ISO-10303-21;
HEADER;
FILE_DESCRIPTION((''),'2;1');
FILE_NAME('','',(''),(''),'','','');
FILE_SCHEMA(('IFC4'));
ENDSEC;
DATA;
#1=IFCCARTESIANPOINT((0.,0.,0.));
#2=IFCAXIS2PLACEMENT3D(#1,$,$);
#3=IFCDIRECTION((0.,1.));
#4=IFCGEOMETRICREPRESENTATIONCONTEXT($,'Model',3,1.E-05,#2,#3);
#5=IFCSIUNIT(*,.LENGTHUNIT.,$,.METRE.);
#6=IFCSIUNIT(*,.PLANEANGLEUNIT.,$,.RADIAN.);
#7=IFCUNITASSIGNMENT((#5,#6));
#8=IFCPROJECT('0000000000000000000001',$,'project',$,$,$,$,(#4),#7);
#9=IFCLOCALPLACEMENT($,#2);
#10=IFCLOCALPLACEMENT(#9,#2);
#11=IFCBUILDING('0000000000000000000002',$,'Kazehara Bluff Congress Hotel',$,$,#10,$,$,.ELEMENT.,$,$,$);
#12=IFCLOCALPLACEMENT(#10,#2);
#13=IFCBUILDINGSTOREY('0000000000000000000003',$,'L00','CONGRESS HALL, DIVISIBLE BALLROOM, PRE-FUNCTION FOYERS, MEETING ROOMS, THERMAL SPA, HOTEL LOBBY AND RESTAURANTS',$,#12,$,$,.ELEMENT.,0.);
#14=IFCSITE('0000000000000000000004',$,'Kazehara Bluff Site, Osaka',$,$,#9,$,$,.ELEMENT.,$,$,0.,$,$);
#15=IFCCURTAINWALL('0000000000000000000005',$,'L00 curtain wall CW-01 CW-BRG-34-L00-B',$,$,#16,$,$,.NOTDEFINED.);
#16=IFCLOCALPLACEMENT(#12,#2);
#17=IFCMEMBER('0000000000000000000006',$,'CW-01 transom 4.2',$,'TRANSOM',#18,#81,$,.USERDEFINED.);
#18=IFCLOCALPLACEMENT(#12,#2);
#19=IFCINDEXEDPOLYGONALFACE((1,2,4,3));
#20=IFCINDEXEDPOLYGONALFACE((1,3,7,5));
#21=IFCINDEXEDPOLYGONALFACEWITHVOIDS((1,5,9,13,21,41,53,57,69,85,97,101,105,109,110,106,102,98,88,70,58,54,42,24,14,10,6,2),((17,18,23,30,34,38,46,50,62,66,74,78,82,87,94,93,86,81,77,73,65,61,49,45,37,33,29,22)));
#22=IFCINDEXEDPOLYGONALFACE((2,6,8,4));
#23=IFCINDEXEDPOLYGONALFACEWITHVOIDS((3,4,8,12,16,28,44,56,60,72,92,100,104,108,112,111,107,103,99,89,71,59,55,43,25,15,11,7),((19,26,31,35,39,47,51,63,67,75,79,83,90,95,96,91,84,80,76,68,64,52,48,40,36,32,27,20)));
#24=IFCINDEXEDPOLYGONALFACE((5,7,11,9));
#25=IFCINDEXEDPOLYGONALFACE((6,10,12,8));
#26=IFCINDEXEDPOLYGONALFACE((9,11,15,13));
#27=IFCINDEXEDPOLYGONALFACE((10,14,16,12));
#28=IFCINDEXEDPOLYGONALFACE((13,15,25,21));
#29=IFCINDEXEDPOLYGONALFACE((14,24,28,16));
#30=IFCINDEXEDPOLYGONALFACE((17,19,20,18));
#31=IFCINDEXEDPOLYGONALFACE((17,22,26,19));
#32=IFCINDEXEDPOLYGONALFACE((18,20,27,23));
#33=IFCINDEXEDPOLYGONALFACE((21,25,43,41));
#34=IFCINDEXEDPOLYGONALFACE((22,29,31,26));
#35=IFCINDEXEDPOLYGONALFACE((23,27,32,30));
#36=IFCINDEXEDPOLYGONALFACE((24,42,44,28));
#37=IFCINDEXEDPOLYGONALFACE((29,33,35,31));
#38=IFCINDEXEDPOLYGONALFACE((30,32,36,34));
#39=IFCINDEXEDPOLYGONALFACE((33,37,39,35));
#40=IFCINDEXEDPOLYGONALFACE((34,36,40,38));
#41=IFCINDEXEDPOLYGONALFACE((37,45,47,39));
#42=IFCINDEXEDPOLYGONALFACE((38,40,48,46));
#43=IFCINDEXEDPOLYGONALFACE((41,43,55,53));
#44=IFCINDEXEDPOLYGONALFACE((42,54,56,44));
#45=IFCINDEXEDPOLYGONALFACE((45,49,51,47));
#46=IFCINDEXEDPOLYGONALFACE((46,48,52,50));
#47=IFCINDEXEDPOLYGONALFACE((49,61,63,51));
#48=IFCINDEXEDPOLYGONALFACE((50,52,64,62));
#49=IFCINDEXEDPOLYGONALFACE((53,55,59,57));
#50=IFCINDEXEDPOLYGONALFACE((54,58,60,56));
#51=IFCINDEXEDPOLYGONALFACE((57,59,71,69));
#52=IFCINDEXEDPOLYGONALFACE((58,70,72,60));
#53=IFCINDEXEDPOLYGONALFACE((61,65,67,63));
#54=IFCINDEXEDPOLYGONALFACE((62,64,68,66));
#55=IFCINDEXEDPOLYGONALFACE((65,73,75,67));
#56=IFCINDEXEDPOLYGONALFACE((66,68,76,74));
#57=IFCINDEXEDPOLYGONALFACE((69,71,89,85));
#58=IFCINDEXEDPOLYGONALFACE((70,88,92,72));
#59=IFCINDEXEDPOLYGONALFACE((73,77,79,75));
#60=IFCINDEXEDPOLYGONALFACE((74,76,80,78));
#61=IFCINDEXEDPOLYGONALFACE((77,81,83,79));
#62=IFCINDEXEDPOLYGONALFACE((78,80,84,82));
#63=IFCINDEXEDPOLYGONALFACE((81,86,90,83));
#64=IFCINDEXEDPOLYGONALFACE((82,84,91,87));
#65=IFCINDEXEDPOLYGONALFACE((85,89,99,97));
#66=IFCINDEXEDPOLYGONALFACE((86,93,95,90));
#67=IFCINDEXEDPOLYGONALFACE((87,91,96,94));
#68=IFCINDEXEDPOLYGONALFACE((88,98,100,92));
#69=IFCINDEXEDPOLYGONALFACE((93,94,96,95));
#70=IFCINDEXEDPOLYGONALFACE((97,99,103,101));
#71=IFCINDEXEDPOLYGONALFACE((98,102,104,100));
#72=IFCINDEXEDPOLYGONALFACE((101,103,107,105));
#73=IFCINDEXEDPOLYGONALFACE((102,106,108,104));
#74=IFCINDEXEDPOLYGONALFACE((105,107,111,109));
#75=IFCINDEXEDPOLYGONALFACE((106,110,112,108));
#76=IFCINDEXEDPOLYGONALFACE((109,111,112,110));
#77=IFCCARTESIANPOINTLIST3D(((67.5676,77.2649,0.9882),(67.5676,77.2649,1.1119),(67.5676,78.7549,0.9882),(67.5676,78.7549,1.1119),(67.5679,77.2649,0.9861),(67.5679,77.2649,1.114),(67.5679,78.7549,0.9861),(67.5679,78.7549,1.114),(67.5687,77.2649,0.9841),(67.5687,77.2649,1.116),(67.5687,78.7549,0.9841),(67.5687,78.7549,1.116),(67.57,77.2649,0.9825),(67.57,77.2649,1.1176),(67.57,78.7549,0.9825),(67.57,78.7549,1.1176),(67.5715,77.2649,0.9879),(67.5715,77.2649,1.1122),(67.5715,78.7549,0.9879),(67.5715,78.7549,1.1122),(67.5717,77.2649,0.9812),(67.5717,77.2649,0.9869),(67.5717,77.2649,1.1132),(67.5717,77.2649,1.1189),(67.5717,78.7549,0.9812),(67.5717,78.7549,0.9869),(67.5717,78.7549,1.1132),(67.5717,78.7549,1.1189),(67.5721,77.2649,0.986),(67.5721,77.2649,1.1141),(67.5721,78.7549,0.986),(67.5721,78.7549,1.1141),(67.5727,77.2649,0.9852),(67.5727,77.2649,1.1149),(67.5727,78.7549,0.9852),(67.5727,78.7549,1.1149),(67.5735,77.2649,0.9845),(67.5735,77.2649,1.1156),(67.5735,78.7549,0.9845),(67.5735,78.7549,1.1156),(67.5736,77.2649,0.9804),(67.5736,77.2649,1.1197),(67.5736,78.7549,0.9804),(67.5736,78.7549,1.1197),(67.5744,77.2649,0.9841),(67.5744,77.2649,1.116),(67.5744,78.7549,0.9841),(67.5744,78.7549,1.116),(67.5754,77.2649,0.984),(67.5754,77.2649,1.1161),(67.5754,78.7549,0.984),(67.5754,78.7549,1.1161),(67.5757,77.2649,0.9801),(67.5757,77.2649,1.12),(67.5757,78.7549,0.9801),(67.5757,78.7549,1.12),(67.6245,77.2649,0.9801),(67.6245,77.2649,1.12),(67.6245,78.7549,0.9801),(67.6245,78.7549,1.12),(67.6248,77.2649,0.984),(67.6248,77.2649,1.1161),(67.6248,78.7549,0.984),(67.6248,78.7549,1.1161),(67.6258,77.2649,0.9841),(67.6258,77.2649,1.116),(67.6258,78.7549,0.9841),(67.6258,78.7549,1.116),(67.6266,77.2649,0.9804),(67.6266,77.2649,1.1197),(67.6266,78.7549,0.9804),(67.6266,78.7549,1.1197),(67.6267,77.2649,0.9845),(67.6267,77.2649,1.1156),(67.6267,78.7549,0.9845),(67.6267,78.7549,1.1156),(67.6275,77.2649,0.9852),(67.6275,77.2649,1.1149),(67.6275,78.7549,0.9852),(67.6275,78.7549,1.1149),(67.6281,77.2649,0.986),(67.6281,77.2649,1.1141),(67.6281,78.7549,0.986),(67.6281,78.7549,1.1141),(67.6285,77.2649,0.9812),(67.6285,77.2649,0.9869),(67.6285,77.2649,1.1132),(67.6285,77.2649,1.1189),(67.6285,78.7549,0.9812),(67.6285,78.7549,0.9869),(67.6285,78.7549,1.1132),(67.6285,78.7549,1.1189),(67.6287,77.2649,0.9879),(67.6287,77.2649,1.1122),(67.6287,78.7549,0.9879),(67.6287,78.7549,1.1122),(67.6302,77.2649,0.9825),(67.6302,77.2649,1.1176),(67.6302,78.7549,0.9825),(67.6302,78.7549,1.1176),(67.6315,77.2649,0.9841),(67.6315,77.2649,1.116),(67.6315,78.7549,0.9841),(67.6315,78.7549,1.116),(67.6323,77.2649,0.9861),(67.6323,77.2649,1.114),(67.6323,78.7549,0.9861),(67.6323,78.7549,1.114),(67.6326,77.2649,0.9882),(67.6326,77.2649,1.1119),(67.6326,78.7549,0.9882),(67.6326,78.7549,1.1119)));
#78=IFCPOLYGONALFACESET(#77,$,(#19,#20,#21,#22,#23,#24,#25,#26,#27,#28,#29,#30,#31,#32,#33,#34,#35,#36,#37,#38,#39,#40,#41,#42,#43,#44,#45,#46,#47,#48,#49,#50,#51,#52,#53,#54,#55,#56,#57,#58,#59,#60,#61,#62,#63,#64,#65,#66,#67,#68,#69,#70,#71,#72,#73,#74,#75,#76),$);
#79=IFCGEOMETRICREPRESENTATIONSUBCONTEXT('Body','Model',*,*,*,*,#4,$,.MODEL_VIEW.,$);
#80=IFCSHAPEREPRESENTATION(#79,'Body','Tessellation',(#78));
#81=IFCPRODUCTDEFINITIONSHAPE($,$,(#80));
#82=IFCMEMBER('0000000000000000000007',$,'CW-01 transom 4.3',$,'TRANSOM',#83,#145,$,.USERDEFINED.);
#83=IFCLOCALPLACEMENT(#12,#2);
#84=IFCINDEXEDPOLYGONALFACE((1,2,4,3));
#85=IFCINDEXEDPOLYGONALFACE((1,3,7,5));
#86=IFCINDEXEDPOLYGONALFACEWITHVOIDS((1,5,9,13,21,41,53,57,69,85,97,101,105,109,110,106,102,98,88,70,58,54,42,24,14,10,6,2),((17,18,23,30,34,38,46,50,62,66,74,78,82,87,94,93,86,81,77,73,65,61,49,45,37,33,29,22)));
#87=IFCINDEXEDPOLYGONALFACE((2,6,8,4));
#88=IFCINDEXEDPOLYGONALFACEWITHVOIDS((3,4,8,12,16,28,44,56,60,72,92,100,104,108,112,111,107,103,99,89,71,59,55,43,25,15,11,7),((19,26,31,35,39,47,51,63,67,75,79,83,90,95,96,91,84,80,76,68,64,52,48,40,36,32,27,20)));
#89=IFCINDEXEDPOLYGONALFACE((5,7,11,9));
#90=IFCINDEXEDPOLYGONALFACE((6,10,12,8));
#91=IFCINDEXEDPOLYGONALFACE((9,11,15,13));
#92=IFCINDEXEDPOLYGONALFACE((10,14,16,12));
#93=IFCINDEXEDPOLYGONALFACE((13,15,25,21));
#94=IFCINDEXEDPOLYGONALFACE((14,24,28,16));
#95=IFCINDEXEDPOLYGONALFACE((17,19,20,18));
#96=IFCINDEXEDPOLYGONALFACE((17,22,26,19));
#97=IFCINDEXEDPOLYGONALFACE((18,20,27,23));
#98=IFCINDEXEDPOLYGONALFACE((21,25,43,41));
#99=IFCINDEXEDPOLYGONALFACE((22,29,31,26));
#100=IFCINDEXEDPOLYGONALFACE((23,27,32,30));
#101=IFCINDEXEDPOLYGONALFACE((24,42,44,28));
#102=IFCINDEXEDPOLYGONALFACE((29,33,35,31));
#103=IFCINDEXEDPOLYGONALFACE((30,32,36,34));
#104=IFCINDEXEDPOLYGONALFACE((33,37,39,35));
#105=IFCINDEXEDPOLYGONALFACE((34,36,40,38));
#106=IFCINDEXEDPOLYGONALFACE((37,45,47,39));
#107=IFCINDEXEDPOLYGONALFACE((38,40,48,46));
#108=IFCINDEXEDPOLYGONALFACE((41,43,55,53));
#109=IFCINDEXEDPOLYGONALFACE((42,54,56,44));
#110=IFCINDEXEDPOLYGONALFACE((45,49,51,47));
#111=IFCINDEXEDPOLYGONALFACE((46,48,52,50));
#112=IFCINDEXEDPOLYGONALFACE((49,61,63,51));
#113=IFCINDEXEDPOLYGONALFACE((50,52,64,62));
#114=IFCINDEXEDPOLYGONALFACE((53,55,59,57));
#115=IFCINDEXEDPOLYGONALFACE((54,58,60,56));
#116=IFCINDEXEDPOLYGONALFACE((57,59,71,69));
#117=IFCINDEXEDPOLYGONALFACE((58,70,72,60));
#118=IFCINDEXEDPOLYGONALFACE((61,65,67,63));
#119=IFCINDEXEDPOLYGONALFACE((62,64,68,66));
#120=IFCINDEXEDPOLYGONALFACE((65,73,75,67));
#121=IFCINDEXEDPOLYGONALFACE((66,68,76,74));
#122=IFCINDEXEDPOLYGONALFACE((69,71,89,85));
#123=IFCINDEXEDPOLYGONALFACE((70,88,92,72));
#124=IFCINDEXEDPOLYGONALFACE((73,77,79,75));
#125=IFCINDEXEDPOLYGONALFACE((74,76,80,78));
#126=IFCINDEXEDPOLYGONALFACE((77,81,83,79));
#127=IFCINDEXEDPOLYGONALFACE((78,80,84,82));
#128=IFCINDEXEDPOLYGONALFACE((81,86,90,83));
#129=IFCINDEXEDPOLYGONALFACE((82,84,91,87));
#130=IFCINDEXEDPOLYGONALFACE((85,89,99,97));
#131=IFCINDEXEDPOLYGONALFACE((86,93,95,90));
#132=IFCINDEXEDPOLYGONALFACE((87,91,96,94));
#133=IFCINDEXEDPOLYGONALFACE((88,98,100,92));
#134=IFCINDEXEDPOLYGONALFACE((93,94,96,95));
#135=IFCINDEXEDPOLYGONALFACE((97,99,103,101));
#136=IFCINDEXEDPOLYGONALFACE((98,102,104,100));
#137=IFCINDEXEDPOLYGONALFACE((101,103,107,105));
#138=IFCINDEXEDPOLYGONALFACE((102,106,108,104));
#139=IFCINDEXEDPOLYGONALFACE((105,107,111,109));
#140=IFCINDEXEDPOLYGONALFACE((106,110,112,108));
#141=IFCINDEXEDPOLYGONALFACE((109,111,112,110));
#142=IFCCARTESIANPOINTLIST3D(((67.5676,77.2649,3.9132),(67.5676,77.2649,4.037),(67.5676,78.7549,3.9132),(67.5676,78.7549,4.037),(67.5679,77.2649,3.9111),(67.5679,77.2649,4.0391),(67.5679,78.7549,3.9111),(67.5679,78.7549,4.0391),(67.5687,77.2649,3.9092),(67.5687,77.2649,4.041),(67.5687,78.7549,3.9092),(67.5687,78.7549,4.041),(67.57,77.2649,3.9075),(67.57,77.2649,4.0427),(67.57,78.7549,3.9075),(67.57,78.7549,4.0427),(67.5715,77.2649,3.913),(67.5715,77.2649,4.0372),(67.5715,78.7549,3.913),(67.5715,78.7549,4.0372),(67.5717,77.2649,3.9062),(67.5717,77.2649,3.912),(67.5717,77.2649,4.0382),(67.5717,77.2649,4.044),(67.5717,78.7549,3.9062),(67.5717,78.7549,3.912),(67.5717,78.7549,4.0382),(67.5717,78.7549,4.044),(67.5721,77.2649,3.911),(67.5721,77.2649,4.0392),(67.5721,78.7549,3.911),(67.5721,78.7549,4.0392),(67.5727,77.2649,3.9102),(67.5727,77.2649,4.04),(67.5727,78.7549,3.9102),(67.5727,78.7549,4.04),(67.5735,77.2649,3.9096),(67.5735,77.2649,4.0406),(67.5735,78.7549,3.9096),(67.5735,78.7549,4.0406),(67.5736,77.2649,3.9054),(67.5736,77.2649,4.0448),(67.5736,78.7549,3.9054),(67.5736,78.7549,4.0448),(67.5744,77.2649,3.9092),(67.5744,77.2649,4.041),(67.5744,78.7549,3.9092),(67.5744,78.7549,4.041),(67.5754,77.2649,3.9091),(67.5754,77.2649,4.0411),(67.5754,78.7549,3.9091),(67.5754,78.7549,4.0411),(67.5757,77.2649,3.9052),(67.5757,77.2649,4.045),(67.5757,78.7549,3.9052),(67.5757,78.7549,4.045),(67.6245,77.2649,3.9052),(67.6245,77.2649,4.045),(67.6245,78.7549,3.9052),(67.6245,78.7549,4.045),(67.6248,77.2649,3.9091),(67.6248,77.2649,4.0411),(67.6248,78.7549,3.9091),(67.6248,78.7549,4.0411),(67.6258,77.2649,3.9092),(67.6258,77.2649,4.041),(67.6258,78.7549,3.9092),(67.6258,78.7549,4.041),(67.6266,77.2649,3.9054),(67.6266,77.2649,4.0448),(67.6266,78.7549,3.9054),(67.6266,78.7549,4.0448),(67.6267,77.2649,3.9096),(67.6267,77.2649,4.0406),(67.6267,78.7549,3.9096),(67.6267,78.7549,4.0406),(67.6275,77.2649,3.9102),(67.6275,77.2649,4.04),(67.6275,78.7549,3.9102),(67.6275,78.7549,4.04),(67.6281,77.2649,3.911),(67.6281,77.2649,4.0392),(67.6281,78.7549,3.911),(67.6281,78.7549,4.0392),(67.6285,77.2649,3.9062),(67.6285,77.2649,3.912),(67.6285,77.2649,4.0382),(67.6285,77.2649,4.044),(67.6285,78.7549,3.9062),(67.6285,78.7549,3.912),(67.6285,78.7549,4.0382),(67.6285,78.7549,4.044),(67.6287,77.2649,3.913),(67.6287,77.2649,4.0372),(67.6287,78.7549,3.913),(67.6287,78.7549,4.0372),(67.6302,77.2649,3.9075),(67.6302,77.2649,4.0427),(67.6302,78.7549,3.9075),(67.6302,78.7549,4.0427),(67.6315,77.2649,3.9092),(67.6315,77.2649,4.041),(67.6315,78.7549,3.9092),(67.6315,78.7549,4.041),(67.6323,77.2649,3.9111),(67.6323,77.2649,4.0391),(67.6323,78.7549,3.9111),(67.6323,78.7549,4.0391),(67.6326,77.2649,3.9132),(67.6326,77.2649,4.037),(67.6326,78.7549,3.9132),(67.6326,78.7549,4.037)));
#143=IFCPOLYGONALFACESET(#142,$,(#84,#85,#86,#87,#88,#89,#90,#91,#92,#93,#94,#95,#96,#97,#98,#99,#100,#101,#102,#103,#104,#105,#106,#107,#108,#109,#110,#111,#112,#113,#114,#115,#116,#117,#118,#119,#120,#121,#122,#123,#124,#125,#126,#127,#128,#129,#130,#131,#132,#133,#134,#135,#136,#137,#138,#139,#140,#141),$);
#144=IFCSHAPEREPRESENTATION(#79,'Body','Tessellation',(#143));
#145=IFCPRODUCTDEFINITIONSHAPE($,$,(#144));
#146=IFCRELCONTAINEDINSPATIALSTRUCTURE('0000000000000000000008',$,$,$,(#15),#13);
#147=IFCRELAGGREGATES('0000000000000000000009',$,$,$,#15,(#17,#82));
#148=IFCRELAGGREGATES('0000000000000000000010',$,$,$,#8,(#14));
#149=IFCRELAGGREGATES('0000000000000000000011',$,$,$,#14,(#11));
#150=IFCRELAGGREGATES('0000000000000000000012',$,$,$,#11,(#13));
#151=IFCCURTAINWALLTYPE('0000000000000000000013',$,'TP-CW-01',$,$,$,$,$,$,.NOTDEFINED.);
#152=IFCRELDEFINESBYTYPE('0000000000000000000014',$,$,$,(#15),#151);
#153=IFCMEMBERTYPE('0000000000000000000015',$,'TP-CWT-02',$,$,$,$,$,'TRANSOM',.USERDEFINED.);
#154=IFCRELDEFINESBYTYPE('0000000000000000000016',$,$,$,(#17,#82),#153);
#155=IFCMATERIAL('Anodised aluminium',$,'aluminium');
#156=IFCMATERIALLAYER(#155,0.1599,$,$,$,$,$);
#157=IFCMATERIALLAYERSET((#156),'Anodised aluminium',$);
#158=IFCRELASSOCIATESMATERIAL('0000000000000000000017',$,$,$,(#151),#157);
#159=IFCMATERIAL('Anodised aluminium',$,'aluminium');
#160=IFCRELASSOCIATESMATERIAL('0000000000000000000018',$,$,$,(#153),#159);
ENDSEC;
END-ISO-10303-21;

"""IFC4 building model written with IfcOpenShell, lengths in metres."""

from ifc_helpers import new_model, si_unit, direction, frame, origin, origin_2d, place, context, subcontext, project, spatial, hollow_rectangle, extrude, material, layer, layer_set, material_profile, profile_set, type_object, element, aggregate, save


model = new_model("IFC4")

# Units and contexts
model_context = context("Model", 3, precision=1e-05, world=origin(), true_north=direction((0.0, 1.0)))
body_context = subcontext(model_context, "Body", "Model", "MODEL_VIEW")
ifc_project = project(units=[si_unit("LENGTHUNIT", "METRE"), si_unit("PLANEANGLEUNIT", "RADIAN")], contexts=[model_context])

# Site, building, storey
site_placement = place(None, origin())
site = spatial("IfcSite", under=ifc_project, at=site_placement, Name="Kazehara Bluff Site, Osaka", CompositionType="ELEMENT", RefElevation=0.0)
building_placement = place(site_placement, origin())
building = spatial("IfcBuilding", under=site, at=building_placement, Name="Kazehara Bluff Congress Hotel", CompositionType="ELEMENT")
storey_placement = place(building_placement, origin())
storey = spatial("IfcBuildingStorey", under=building, at=storey_placement, Name="L00", Description="CONGRESS HALL, DIVISIBLE BALLROOM, PRE-FUNCTION FOYERS, MEETING ROOMS, THERMAL SPA, HOTEL LOBBY AND RESTAURANTS", CompositionType="ELEMENT", Elevation=0.0)

# Curtain wall
ifc_material_1 = material(Name="Anodised aluminium", Category="aluminium")
ifc_layer_1 = layer(ifc_material_1, 0.1599)
ifc_layer_set_1 = layer_set([ifc_layer_1], Name="Anodised aluminium")
curtain_wall_type_1 = type_object("IfcCurtainWallType", Name="TP-CW-01", PredefinedType="NOTDEFINED", material=ifc_layer_set_1)
curtain_wall_1_placement = place(storey_placement, origin())
curtain_wall_1 = element("IfcCurtainWall", 1, at=curtain_wall_1_placement, inside=storey, type_object=curtain_wall_type_1, Name="L00 curtain wall CW-01 CW-BRG-34-L00-B", PredefinedType="NOTDEFINED")

# Members
ifc_material_2 = material(Name="Anodised aluminium", Category="aluminium")
ifc_material_profile_1 = material_profile(ifc_material_2, hollow_rectangle(XDim=0.0649, YDim=0.1399, WallThickness=0.0039, InnerFilletRadius=0.0039, OuterFilletRadius=0.0081, at=origin_2d()))
ifc_profile_set_1 = profile_set([ifc_material_profile_1], Name="Anodised aluminium")
member_type_1 = type_object("IfcMemberType", Name="TP-CWT-02", ElementType="TRANSOM", PredefinedType="USERDEFINED", material=ifc_profile_set_1)
member_1_placement = place(storey_placement, frame((67.6001, 77.2649, 1.05), z_axis=(0.0, 1.0, 0.0), x_axis=(-1.0, 0.0, 0.0)))
member_1 = element("IfcMember", 2, at=member_1_placement, type_object=member_type_1, Name="CW-01 transom 4.2", ObjectType="TRANSOM", PredefinedType="USERDEFINED", context=body_context, shape_type="SweptSolid", body=[
    extrude(hollow_rectangle(XDim=0.0649, YDim=0.1399, WallThickness=0.0039, InnerFilletRadius=0.0039, OuterFilletRadius=0.0081, at=origin_2d()), origin(), (0.0, 0.0, 1.0), 1.49),
])
member_2_placement = place(storey_placement, frame((67.6001, 77.2649, 3.9751), z_axis=(0.0, 1.0, 0.0), x_axis=(-1.0, 0.0, 0.0)))
member_2 = element("IfcMember", 3, at=member_2_placement, type_object=member_type_1, Name="CW-01 transom 4.3", ObjectType="TRANSOM", PredefinedType="USERDEFINED", context=body_context, shape_type="SweptSolid", body=[
    extrude(hollow_rectangle(XDim=0.0649, YDim=0.1399, WallThickness=0.0039, InnerFilletRadius=0.0039, OuterFilletRadius=0.0081, at=origin_2d()), origin(), (0.0, 0.0, 1.0), 1.49),
])

aggregate(curtain_wall_1, [member_1, member_2])

save(model, "model.ifc")
